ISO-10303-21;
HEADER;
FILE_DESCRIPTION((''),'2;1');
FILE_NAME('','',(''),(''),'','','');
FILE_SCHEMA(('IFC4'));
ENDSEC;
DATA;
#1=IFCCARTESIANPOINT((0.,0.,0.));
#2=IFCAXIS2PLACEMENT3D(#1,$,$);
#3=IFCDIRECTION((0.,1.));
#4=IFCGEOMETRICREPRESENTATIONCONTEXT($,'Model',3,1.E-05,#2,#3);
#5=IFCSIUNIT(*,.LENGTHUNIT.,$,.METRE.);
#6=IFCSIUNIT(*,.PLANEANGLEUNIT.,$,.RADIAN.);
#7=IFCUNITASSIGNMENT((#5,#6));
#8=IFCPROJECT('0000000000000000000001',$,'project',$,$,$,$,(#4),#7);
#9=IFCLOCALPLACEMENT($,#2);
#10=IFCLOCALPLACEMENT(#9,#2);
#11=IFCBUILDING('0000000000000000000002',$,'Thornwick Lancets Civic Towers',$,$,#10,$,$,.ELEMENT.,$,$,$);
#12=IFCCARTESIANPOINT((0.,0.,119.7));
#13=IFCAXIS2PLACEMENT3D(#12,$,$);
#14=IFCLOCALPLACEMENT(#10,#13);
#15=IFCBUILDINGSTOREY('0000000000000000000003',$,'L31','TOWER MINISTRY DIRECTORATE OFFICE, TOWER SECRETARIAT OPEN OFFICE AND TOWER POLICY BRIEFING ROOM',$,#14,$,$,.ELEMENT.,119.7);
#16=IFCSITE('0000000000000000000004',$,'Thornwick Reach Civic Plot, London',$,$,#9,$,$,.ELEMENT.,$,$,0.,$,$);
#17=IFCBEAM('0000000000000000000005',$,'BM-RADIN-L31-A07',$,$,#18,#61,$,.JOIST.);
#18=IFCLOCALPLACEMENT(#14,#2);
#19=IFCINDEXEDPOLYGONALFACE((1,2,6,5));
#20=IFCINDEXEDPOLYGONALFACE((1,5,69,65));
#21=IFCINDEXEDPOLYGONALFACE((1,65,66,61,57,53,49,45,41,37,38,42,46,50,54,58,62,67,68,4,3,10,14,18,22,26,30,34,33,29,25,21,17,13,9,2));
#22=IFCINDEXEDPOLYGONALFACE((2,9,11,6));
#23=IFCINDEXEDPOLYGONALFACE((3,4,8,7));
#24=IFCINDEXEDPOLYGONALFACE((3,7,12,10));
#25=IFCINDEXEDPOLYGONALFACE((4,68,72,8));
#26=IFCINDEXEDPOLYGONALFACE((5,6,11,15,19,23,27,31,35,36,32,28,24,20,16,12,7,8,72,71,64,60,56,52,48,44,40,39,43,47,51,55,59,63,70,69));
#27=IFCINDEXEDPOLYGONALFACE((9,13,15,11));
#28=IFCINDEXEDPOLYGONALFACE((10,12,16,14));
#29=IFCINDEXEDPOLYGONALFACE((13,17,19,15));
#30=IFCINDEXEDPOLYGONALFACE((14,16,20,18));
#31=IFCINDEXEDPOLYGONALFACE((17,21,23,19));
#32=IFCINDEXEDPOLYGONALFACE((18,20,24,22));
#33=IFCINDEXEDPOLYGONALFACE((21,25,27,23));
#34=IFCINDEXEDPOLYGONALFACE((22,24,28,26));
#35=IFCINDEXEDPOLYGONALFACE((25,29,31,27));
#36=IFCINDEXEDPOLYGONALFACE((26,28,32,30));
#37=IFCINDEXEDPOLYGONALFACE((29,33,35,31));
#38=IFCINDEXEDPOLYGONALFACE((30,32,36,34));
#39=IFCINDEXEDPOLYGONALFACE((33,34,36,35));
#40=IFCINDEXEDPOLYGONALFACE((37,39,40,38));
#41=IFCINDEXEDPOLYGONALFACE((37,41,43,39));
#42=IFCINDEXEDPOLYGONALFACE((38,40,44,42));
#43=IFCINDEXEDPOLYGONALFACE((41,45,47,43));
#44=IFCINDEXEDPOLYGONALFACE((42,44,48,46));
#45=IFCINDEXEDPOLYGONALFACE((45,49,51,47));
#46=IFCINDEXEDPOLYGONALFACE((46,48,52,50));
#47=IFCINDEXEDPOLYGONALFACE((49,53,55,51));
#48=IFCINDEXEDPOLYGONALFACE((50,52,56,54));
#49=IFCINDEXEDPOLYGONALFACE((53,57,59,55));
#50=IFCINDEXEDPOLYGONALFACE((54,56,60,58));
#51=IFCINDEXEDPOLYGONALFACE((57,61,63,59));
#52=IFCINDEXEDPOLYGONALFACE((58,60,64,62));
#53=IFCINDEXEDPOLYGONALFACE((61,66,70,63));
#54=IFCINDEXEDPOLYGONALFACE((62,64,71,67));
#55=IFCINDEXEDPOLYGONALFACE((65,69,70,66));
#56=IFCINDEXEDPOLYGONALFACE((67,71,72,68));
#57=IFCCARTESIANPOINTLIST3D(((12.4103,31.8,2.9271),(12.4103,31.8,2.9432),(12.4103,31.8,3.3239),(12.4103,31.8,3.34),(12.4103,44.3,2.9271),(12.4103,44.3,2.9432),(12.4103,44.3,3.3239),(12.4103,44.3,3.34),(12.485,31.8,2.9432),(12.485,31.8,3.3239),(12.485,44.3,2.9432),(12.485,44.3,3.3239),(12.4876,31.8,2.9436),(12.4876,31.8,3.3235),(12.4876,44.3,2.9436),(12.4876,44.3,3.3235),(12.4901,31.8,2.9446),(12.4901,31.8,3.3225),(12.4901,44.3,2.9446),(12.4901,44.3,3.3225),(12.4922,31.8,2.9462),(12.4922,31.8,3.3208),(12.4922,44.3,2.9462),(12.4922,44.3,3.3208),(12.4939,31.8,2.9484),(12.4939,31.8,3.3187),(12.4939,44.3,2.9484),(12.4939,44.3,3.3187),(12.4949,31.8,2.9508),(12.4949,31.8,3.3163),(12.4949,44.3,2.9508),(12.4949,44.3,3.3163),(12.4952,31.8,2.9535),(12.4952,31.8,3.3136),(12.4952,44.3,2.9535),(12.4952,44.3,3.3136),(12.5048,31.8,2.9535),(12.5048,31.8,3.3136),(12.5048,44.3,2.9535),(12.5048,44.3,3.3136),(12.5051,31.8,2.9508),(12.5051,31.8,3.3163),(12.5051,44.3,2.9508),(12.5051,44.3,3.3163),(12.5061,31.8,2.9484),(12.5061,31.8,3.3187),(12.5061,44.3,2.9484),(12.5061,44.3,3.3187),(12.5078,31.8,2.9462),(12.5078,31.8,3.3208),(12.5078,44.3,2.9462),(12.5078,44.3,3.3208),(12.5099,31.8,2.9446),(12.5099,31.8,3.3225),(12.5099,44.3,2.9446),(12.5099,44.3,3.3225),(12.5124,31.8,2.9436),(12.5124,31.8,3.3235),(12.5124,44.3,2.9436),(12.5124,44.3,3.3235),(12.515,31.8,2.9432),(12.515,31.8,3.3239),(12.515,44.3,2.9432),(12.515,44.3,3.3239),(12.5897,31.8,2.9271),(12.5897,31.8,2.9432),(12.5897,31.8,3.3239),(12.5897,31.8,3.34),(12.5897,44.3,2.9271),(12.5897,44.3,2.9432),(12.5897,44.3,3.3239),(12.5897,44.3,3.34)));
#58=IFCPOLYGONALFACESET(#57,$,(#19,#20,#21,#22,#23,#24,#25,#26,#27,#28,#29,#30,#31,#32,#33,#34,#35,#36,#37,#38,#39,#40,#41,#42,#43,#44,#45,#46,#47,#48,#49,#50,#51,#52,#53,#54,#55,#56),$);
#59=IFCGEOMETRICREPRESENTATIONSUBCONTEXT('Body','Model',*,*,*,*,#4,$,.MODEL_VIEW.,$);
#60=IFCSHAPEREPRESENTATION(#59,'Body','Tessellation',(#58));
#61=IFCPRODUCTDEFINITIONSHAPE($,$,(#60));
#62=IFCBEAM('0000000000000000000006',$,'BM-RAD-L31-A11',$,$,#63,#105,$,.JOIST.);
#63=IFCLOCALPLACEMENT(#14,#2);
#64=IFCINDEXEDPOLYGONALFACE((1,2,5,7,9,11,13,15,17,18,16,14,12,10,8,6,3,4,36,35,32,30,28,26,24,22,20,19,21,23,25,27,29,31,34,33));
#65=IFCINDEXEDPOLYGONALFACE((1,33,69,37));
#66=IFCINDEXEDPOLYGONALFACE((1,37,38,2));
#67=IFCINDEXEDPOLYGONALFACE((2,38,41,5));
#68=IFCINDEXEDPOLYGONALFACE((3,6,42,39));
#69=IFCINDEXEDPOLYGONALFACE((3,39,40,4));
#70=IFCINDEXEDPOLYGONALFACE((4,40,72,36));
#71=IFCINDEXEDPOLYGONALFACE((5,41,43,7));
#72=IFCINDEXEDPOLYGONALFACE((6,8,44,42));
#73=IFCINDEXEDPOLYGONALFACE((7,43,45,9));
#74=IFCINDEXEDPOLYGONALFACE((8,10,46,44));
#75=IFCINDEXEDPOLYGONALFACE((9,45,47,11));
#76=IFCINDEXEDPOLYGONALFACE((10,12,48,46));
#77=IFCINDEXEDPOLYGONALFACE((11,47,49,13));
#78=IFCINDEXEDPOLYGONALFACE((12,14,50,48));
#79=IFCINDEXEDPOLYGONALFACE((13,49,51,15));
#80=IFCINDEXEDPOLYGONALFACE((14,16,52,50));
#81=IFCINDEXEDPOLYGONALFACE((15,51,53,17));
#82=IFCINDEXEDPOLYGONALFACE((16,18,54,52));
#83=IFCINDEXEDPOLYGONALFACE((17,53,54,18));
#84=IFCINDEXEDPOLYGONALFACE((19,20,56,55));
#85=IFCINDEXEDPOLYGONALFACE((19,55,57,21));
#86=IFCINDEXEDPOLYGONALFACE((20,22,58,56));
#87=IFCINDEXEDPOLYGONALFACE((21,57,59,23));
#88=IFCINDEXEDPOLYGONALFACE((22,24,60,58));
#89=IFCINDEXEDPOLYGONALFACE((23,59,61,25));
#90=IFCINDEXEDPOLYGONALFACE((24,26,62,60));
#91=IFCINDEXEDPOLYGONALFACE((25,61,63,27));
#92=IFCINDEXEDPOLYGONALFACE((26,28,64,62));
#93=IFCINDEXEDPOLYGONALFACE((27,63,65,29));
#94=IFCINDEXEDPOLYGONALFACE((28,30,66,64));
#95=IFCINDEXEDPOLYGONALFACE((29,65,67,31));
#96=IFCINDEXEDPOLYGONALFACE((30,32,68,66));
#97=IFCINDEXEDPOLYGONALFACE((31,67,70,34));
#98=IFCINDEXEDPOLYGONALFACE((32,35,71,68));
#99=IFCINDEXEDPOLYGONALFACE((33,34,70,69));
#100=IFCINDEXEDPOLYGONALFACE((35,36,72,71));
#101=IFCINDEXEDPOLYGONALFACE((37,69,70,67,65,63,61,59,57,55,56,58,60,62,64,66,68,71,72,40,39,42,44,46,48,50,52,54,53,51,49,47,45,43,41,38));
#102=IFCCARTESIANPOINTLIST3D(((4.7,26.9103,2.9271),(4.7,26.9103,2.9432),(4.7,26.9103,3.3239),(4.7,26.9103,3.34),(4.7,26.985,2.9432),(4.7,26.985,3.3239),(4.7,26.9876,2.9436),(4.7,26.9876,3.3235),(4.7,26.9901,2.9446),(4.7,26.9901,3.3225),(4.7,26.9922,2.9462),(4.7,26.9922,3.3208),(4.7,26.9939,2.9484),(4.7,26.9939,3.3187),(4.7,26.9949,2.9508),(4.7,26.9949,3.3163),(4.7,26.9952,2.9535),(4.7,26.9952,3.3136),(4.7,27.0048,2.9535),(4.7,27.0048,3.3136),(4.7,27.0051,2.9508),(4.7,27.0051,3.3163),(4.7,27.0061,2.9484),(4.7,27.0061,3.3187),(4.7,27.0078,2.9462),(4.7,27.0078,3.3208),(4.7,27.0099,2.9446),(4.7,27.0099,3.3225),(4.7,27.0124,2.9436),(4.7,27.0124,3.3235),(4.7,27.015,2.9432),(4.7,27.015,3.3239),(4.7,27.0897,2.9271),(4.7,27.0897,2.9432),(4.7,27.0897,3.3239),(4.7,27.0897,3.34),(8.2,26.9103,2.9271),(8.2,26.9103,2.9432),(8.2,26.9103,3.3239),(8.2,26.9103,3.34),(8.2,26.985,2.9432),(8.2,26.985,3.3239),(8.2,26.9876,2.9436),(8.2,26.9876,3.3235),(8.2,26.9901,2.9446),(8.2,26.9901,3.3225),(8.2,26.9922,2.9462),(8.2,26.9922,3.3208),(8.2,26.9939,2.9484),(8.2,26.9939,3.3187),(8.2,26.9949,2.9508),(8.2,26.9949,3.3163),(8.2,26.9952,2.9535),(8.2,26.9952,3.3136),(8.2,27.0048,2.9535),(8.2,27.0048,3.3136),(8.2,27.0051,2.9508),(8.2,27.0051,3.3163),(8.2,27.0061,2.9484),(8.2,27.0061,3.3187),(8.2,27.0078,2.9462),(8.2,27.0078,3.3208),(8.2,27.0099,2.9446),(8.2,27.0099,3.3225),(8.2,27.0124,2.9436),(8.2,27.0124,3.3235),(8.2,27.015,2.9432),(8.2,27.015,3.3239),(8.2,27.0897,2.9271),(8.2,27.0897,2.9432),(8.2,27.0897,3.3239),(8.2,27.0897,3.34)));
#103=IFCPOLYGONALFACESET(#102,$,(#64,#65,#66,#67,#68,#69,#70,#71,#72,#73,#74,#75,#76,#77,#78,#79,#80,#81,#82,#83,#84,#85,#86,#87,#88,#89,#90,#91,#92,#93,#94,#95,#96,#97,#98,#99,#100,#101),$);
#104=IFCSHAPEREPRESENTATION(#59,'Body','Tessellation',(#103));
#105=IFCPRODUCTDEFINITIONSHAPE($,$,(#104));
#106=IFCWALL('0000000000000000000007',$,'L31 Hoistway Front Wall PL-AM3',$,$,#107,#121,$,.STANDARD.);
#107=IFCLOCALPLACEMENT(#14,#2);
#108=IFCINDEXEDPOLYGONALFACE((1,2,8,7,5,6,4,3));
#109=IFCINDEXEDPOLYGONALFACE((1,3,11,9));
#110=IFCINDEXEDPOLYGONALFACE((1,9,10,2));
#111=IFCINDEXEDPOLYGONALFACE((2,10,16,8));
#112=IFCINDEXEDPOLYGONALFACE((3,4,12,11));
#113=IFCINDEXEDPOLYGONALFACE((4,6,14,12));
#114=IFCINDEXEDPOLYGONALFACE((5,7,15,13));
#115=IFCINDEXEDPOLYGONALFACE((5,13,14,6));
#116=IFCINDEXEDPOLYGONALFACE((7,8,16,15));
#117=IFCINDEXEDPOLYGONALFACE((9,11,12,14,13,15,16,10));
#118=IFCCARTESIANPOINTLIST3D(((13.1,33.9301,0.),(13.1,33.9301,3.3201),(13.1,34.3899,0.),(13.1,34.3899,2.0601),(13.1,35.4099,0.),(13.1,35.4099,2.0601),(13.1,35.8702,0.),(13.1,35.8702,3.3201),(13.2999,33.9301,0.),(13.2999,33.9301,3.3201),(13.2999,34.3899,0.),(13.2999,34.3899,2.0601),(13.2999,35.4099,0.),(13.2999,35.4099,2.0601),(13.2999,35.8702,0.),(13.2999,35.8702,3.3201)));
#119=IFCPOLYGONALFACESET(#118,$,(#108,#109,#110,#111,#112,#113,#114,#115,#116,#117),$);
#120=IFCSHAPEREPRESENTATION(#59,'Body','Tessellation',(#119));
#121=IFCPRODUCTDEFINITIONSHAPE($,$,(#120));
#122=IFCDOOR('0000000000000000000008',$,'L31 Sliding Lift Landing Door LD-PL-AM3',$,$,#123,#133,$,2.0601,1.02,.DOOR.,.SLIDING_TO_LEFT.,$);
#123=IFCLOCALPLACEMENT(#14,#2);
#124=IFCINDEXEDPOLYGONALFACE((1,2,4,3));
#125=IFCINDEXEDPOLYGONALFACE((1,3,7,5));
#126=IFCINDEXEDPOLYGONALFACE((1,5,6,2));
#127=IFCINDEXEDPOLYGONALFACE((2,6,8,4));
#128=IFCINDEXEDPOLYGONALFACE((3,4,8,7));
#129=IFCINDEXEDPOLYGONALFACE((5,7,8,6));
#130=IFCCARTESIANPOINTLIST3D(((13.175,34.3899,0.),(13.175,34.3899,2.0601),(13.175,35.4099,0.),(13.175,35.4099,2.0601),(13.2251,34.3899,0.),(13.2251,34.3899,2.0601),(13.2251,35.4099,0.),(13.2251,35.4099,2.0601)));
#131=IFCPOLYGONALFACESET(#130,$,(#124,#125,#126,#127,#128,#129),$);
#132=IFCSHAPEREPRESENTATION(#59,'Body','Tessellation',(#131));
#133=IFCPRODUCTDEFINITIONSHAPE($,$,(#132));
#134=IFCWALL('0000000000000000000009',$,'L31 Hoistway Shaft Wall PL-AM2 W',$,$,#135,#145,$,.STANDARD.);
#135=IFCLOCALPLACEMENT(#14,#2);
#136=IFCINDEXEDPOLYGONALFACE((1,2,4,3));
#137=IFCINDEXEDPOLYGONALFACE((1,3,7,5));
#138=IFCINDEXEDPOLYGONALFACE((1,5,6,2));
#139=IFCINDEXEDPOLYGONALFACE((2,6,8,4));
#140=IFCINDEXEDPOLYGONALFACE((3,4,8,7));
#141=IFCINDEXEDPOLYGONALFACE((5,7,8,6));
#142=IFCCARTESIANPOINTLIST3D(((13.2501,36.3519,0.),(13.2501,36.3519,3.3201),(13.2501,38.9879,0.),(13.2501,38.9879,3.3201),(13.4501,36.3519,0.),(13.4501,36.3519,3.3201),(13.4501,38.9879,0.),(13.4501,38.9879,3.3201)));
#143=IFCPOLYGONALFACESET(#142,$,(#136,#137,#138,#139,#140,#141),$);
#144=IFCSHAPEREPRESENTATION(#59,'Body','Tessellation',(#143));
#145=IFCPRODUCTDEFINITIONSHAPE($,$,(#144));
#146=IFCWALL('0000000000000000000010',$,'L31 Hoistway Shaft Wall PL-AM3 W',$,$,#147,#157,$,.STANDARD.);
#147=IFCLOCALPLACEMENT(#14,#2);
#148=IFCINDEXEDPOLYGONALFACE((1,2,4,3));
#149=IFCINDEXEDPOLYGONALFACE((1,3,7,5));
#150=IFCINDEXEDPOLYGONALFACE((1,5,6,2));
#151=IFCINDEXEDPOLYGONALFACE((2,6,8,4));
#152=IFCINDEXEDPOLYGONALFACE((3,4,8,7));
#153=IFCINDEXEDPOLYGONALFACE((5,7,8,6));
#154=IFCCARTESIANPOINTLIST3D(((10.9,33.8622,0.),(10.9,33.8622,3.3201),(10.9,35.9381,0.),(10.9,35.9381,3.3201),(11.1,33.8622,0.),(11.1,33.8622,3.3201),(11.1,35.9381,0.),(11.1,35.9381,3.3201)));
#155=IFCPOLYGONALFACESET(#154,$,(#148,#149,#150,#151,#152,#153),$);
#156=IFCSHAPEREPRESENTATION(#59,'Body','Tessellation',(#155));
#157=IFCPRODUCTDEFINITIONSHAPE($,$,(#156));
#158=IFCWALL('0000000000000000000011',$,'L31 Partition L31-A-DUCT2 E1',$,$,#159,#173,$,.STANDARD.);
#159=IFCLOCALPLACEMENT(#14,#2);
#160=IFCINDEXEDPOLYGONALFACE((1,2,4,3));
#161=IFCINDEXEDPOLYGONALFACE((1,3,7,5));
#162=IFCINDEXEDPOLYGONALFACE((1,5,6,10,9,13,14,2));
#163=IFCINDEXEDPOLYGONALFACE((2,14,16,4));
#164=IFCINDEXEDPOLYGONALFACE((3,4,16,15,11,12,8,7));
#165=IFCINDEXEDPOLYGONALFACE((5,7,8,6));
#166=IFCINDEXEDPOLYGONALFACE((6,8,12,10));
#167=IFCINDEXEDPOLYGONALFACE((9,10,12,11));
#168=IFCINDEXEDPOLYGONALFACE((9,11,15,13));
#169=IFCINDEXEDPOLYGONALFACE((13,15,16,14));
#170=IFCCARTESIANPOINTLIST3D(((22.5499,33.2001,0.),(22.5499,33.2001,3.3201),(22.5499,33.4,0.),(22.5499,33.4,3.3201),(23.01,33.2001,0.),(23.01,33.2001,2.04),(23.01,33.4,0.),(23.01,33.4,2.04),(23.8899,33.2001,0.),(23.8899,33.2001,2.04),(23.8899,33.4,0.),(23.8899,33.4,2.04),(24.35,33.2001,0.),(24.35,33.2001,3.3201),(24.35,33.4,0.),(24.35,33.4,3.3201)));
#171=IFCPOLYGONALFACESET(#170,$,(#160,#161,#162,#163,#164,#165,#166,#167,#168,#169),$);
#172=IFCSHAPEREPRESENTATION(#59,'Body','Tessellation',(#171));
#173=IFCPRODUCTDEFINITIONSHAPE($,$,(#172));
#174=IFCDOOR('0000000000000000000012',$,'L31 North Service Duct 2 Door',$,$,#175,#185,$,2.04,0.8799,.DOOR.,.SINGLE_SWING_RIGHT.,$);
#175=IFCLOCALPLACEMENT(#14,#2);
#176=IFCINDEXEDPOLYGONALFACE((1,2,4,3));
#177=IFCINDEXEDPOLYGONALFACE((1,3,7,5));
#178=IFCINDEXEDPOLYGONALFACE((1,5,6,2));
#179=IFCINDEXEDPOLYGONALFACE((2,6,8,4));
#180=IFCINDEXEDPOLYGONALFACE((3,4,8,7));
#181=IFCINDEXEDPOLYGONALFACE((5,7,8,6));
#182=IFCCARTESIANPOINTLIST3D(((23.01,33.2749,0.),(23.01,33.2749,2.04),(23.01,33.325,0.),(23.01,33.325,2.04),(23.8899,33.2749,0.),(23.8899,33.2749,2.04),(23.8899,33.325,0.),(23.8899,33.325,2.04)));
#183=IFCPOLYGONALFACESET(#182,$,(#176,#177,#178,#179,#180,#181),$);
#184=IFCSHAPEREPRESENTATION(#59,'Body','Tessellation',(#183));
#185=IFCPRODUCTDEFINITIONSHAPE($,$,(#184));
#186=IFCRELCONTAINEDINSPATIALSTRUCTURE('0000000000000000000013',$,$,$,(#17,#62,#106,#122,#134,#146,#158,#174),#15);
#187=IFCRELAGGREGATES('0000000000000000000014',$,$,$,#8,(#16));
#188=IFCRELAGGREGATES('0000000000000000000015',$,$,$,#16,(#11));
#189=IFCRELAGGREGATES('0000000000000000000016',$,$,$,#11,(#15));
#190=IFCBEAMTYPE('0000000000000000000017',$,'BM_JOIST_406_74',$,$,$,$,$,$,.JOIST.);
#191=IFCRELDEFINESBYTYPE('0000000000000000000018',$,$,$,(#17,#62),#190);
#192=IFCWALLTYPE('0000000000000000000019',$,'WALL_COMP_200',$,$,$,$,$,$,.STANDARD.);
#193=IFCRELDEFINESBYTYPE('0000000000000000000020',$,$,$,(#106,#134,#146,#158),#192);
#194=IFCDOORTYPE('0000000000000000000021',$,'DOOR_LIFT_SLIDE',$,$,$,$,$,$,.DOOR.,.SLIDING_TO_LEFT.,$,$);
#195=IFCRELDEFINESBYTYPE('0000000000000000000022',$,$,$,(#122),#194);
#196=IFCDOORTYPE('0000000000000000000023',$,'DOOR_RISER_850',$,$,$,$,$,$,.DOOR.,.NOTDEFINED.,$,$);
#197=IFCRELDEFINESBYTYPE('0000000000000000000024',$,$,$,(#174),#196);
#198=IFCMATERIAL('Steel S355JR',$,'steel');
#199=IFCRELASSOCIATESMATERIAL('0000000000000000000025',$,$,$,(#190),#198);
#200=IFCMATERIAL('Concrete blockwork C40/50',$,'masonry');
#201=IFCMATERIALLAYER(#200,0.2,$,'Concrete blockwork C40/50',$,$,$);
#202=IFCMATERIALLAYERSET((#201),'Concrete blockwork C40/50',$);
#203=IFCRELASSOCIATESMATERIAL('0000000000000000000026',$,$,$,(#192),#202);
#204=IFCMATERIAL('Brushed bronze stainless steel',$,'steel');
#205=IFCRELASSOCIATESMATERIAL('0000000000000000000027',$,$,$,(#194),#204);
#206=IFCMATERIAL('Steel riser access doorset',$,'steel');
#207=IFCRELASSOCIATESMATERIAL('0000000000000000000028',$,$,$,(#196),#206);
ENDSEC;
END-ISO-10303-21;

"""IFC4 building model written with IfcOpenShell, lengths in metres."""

from ifc_helpers import new_model, si_unit, direction, frame, frame_2d, origin, origin_2d, place, context, subcontext, project, spatial, rectangle, i_section, extrude, material, layer, layer_set, material_profile, profile_set, type_object, element, fill, save


model = new_model("IFC4")

# Units and contexts
model_context = context("Model", 3, precision=1e-05, world=origin(), true_north=direction((0.0, 1.0)))
body_context = subcontext(model_context, "Body", "Model", "MODEL_VIEW")
ifc_project = project(units=[si_unit("LENGTHUNIT", "METRE"), si_unit("PLANEANGLEUNIT", "RADIAN")], contexts=[model_context])

# Site, building, storey
site_placement = place(None, origin())
site = spatial("IfcSite", under=ifc_project, at=site_placement, Name="Thornwick Reach Civic Plot, London", CompositionType="ELEMENT", RefElevation=0.0)
building_placement = place(site_placement, origin())
building = spatial("IfcBuilding", under=site, at=building_placement, Name="Thornwick Lancets Civic Towers", CompositionType="ELEMENT")
storey_placement = place(building_placement, frame((0.0, 0.0, 119.7)))
storey = spatial("IfcBuildingStorey", under=building, at=storey_placement, Name="L31", Description="TOWER MINISTRY DIRECTORATE OFFICE, TOWER SECRETARIAT OPEN OFFICE AND TOWER POLICY BRIEFING ROOM", CompositionType="ELEMENT", Elevation=119.7)

# Beams
ifc_material_1 = material(Name="Steel S355JR", Category="steel")
ifc_material_profile_1 = material_profile(ifc_material_1, i_section(OverallWidth=0.1794, OverallDepth=0.4128, WebThickness=0.0095, FlangeThickness=0.0161, FilletRadius=0.0103, at=origin_2d()), Name="UKB 406x178x74")
ifc_profile_set_1 = profile_set([ifc_material_profile_1], Name="Steel S355JR")
beam_type_1 = type_object("IfcBeamType", Name="BM_JOIST_406_74", PredefinedType="JOIST", material=ifc_profile_set_1)
beam_1_placement = place(storey_placement, frame((12.5, 31.8, 3.1335), z_axis=(0.0, 1.0, 0.0), x_axis=(-1.0, 0.0, 0.0)))
element("IfcBeam", 1, at=beam_1_placement, inside=storey, type_object=beam_type_1, Name="BM-RADIN-L31-A07", PredefinedType="JOIST", context=body_context, shape_type="SweptSolid", body=[
    extrude(i_section(OverallWidth=0.1794, OverallDepth=0.4128, WebThickness=0.0095, FlangeThickness=0.0161, FilletRadius=0.0103, at=origin_2d()), origin(), (0.0, 0.0, 1.0), 12.5),
])
beam_2_placement = place(storey_placement, frame((8.2, 27.0, 3.1335), z_axis=(-1.0, 0.0, 0.0), x_axis=(0.0, -1.0, 0.0)))
element("IfcBeam", 2, at=beam_2_placement, inside=storey, type_object=beam_type_1, Name="BM-RAD-L31-A11", PredefinedType="JOIST", context=body_context, shape_type="SweptSolid", body=[
    extrude(i_section(OverallWidth=0.1794, OverallDepth=0.4128, WebThickness=0.0095, FlangeThickness=0.0161, FilletRadius=0.0103, at=origin_2d()), origin(), (0.0, 0.0, 1.0), 3.5),
])

# Wall, opening, door
ifc_material_2 = material(Name="Concrete blockwork C40/50", Category="masonry")
ifc_layer_1 = layer(ifc_material_2, 0.2, Name="Concrete blockwork C40/50")
ifc_layer_set_1 = layer_set([ifc_layer_1], Name="Concrete blockwork C40/50")
wall_type_1 = type_object("IfcWallType", Name="WALL_COMP_200", PredefinedType="STANDARD", material=ifc_layer_set_1)
wall_1_placement = place(storey_placement, frame((13.2, 33.9299, 0.0), z_axis=(0.0, 0.0, 1.0), x_axis=(0.0, 1.0, 0.0)))
wall_1 = element("IfcWall", 3, at=wall_1_placement, inside=storey, type_object=wall_type_1, Name="L31 Hoistway Front Wall PL-AM3", PredefinedType="STANDARD", context=body_context, shape_type="SweptSolid", body=[
    extrude(rectangle(XDim=1.9402, YDim=0.2, at=frame_2d((0.9702, 0.0))), origin(), (0.0, 0.0, 1.0), 3.3201),
])
opening_1_placement = place(wall_1_placement, frame((0.46, 0.0, 0.0)))
opening_1 = element("IfcOpeningElement", 4, at=opening_1_placement, cuts=wall_1, PredefinedType="OPENING", context=body_context, shape_type="SweptSolid", body=[
    extrude(rectangle(XDim=1.02, YDim=2.0601, at=frame_2d((0.51, 1.03))), frame((0.0, 0.1099, 0.0), z_axis=(0.0, -1.0, 0.0), x_axis=(1.0, 0.0, 0.0)), (0.0, 0.0, 1.0), 0.22),
])
ifc_material_3 = material(Name="Brushed bronze stainless steel", Category="steel")
door_type_1 = type_object("IfcDoorType", Name="DOOR_LIFT_SLIDE", OperationType="SLIDING_TO_LEFT", PredefinedType="DOOR", material=ifc_material_3)
door_1_placement = place(opening_1_placement, origin())
door_1 = element("IfcDoor", 5, at=door_1_placement, inside=storey, type_object=door_type_1, Name="L31 Sliding Lift Landing Door LD-PL-AM3", OperationType="SLIDING_TO_LEFT", OverallHeight=2.0601, OverallWidth=1.02, PredefinedType="DOOR", context=body_context, shape_type="SweptSolid", body=[
    extrude(rectangle(XDim=1.02, YDim=2.0601, at=frame_2d((0.51, 1.03))), frame((0.0, 0.0249, 0.0), z_axis=(0.0, -1.0, 0.0), x_axis=(1.0, 0.0, 0.0)), (0.0, 0.0, 1.0), 0.05),
])
fill(opening_1, door_1)

# Walls
wall_2_placement = place(storey_placement, frame((13.3501, 36.3521, 0.0), z_axis=(0.0, 0.0, 1.0), x_axis=(0.0, 1.0, 0.0)))
element("IfcWall", 6, at=wall_2_placement, inside=storey, type_object=wall_type_1, Name="L31 Hoistway Shaft Wall PL-AM2 W", PredefinedType="STANDARD", context=body_context, shape_type="SweptSolid", body=[
    extrude(rectangle(XDim=2.636, YDim=0.2, at=frame_2d((1.3179, 0.0))), origin(), (0.0, 0.0, 1.0), 3.3201),
])
wall_3_placement = place(storey_placement, frame((11.0, 33.8621, 0.0), z_axis=(0.0, 0.0, 1.0), x_axis=(0.0, 1.0, 0.0)))
element("IfcWall", 7, at=wall_3_placement, inside=storey, type_object=wall_type_1, Name="L31 Hoistway Shaft Wall PL-AM3 W", PredefinedType="STANDARD", context=body_context, shape_type="SweptSolid", body=[
    extrude(rectangle(XDim=2.0759, YDim=0.2, at=frame_2d((1.0381, 0.0))), origin(), (0.0, 0.0, 1.0), 3.3201),
])

# Wall, opening, door
wall_4_placement = place(storey_placement, frame((22.55, 33.3, 0.0), z_axis=(0.0, 0.0, 1.0), x_axis=(1.0, 0.0, 0.0)))
wall_4 = element("IfcWall", 8, at=wall_4_placement, inside=storey, type_object=wall_type_1, Name="L31 Partition L31-A-DUCT2 E1", PredefinedType="STANDARD", context=body_context, shape_type="SweptSolid", body=[
    extrude(rectangle(XDim=1.8, YDim=0.2, at=frame_2d((0.8999, 0.0))), origin(), (0.0, 0.0, 1.0), 3.3201),
])
opening_2_placement = place(wall_4_placement, frame((0.46, 0.0, 0.0)))
opening_2 = element("IfcOpeningElement", 9, at=opening_2_placement, cuts=wall_4, PredefinedType="OPENING", context=body_context, shape_type="SweptSolid", body=[
    extrude(rectangle(XDim=0.8799, YDim=2.04, at=frame_2d((0.4399, 1.02))), frame((0.0, 0.1099, 0.0), z_axis=(0.0, -1.0, 0.0), x_axis=(1.0, 0.0, 0.0)), (0.0, 0.0, 1.0), 0.22),
])
ifc_material_4 = material(Name="Steel riser access doorset", Category="steel")
door_type_2 = type_object("IfcDoorType", Name="DOOR_RISER_850", OperationType="NOTDEFINED", PredefinedType="DOOR", material=ifc_material_4)
door_2_placement = place(opening_2_placement, origin())
door_2 = element("IfcDoor", 10, at=door_2_placement, inside=storey, type_object=door_type_2, Name="L31 North Service Duct 2 Door", OperationType="SINGLE_SWING_RIGHT", OverallHeight=2.04, OverallWidth=0.8799, PredefinedType="DOOR", context=body_context, shape_type="SweptSolid", body=[
    extrude(rectangle(XDim=0.8799, YDim=2.04, at=frame_2d((0.4399, 1.02))), frame((0.0, 0.0249, 0.0), z_axis=(0.0, -1.0, 0.0), x_axis=(1.0, 0.0, 0.0)), (0.0, 0.0, 1.0), 0.05),
])
fill(opening_2, door_2)

save(model, "model.ifc")
